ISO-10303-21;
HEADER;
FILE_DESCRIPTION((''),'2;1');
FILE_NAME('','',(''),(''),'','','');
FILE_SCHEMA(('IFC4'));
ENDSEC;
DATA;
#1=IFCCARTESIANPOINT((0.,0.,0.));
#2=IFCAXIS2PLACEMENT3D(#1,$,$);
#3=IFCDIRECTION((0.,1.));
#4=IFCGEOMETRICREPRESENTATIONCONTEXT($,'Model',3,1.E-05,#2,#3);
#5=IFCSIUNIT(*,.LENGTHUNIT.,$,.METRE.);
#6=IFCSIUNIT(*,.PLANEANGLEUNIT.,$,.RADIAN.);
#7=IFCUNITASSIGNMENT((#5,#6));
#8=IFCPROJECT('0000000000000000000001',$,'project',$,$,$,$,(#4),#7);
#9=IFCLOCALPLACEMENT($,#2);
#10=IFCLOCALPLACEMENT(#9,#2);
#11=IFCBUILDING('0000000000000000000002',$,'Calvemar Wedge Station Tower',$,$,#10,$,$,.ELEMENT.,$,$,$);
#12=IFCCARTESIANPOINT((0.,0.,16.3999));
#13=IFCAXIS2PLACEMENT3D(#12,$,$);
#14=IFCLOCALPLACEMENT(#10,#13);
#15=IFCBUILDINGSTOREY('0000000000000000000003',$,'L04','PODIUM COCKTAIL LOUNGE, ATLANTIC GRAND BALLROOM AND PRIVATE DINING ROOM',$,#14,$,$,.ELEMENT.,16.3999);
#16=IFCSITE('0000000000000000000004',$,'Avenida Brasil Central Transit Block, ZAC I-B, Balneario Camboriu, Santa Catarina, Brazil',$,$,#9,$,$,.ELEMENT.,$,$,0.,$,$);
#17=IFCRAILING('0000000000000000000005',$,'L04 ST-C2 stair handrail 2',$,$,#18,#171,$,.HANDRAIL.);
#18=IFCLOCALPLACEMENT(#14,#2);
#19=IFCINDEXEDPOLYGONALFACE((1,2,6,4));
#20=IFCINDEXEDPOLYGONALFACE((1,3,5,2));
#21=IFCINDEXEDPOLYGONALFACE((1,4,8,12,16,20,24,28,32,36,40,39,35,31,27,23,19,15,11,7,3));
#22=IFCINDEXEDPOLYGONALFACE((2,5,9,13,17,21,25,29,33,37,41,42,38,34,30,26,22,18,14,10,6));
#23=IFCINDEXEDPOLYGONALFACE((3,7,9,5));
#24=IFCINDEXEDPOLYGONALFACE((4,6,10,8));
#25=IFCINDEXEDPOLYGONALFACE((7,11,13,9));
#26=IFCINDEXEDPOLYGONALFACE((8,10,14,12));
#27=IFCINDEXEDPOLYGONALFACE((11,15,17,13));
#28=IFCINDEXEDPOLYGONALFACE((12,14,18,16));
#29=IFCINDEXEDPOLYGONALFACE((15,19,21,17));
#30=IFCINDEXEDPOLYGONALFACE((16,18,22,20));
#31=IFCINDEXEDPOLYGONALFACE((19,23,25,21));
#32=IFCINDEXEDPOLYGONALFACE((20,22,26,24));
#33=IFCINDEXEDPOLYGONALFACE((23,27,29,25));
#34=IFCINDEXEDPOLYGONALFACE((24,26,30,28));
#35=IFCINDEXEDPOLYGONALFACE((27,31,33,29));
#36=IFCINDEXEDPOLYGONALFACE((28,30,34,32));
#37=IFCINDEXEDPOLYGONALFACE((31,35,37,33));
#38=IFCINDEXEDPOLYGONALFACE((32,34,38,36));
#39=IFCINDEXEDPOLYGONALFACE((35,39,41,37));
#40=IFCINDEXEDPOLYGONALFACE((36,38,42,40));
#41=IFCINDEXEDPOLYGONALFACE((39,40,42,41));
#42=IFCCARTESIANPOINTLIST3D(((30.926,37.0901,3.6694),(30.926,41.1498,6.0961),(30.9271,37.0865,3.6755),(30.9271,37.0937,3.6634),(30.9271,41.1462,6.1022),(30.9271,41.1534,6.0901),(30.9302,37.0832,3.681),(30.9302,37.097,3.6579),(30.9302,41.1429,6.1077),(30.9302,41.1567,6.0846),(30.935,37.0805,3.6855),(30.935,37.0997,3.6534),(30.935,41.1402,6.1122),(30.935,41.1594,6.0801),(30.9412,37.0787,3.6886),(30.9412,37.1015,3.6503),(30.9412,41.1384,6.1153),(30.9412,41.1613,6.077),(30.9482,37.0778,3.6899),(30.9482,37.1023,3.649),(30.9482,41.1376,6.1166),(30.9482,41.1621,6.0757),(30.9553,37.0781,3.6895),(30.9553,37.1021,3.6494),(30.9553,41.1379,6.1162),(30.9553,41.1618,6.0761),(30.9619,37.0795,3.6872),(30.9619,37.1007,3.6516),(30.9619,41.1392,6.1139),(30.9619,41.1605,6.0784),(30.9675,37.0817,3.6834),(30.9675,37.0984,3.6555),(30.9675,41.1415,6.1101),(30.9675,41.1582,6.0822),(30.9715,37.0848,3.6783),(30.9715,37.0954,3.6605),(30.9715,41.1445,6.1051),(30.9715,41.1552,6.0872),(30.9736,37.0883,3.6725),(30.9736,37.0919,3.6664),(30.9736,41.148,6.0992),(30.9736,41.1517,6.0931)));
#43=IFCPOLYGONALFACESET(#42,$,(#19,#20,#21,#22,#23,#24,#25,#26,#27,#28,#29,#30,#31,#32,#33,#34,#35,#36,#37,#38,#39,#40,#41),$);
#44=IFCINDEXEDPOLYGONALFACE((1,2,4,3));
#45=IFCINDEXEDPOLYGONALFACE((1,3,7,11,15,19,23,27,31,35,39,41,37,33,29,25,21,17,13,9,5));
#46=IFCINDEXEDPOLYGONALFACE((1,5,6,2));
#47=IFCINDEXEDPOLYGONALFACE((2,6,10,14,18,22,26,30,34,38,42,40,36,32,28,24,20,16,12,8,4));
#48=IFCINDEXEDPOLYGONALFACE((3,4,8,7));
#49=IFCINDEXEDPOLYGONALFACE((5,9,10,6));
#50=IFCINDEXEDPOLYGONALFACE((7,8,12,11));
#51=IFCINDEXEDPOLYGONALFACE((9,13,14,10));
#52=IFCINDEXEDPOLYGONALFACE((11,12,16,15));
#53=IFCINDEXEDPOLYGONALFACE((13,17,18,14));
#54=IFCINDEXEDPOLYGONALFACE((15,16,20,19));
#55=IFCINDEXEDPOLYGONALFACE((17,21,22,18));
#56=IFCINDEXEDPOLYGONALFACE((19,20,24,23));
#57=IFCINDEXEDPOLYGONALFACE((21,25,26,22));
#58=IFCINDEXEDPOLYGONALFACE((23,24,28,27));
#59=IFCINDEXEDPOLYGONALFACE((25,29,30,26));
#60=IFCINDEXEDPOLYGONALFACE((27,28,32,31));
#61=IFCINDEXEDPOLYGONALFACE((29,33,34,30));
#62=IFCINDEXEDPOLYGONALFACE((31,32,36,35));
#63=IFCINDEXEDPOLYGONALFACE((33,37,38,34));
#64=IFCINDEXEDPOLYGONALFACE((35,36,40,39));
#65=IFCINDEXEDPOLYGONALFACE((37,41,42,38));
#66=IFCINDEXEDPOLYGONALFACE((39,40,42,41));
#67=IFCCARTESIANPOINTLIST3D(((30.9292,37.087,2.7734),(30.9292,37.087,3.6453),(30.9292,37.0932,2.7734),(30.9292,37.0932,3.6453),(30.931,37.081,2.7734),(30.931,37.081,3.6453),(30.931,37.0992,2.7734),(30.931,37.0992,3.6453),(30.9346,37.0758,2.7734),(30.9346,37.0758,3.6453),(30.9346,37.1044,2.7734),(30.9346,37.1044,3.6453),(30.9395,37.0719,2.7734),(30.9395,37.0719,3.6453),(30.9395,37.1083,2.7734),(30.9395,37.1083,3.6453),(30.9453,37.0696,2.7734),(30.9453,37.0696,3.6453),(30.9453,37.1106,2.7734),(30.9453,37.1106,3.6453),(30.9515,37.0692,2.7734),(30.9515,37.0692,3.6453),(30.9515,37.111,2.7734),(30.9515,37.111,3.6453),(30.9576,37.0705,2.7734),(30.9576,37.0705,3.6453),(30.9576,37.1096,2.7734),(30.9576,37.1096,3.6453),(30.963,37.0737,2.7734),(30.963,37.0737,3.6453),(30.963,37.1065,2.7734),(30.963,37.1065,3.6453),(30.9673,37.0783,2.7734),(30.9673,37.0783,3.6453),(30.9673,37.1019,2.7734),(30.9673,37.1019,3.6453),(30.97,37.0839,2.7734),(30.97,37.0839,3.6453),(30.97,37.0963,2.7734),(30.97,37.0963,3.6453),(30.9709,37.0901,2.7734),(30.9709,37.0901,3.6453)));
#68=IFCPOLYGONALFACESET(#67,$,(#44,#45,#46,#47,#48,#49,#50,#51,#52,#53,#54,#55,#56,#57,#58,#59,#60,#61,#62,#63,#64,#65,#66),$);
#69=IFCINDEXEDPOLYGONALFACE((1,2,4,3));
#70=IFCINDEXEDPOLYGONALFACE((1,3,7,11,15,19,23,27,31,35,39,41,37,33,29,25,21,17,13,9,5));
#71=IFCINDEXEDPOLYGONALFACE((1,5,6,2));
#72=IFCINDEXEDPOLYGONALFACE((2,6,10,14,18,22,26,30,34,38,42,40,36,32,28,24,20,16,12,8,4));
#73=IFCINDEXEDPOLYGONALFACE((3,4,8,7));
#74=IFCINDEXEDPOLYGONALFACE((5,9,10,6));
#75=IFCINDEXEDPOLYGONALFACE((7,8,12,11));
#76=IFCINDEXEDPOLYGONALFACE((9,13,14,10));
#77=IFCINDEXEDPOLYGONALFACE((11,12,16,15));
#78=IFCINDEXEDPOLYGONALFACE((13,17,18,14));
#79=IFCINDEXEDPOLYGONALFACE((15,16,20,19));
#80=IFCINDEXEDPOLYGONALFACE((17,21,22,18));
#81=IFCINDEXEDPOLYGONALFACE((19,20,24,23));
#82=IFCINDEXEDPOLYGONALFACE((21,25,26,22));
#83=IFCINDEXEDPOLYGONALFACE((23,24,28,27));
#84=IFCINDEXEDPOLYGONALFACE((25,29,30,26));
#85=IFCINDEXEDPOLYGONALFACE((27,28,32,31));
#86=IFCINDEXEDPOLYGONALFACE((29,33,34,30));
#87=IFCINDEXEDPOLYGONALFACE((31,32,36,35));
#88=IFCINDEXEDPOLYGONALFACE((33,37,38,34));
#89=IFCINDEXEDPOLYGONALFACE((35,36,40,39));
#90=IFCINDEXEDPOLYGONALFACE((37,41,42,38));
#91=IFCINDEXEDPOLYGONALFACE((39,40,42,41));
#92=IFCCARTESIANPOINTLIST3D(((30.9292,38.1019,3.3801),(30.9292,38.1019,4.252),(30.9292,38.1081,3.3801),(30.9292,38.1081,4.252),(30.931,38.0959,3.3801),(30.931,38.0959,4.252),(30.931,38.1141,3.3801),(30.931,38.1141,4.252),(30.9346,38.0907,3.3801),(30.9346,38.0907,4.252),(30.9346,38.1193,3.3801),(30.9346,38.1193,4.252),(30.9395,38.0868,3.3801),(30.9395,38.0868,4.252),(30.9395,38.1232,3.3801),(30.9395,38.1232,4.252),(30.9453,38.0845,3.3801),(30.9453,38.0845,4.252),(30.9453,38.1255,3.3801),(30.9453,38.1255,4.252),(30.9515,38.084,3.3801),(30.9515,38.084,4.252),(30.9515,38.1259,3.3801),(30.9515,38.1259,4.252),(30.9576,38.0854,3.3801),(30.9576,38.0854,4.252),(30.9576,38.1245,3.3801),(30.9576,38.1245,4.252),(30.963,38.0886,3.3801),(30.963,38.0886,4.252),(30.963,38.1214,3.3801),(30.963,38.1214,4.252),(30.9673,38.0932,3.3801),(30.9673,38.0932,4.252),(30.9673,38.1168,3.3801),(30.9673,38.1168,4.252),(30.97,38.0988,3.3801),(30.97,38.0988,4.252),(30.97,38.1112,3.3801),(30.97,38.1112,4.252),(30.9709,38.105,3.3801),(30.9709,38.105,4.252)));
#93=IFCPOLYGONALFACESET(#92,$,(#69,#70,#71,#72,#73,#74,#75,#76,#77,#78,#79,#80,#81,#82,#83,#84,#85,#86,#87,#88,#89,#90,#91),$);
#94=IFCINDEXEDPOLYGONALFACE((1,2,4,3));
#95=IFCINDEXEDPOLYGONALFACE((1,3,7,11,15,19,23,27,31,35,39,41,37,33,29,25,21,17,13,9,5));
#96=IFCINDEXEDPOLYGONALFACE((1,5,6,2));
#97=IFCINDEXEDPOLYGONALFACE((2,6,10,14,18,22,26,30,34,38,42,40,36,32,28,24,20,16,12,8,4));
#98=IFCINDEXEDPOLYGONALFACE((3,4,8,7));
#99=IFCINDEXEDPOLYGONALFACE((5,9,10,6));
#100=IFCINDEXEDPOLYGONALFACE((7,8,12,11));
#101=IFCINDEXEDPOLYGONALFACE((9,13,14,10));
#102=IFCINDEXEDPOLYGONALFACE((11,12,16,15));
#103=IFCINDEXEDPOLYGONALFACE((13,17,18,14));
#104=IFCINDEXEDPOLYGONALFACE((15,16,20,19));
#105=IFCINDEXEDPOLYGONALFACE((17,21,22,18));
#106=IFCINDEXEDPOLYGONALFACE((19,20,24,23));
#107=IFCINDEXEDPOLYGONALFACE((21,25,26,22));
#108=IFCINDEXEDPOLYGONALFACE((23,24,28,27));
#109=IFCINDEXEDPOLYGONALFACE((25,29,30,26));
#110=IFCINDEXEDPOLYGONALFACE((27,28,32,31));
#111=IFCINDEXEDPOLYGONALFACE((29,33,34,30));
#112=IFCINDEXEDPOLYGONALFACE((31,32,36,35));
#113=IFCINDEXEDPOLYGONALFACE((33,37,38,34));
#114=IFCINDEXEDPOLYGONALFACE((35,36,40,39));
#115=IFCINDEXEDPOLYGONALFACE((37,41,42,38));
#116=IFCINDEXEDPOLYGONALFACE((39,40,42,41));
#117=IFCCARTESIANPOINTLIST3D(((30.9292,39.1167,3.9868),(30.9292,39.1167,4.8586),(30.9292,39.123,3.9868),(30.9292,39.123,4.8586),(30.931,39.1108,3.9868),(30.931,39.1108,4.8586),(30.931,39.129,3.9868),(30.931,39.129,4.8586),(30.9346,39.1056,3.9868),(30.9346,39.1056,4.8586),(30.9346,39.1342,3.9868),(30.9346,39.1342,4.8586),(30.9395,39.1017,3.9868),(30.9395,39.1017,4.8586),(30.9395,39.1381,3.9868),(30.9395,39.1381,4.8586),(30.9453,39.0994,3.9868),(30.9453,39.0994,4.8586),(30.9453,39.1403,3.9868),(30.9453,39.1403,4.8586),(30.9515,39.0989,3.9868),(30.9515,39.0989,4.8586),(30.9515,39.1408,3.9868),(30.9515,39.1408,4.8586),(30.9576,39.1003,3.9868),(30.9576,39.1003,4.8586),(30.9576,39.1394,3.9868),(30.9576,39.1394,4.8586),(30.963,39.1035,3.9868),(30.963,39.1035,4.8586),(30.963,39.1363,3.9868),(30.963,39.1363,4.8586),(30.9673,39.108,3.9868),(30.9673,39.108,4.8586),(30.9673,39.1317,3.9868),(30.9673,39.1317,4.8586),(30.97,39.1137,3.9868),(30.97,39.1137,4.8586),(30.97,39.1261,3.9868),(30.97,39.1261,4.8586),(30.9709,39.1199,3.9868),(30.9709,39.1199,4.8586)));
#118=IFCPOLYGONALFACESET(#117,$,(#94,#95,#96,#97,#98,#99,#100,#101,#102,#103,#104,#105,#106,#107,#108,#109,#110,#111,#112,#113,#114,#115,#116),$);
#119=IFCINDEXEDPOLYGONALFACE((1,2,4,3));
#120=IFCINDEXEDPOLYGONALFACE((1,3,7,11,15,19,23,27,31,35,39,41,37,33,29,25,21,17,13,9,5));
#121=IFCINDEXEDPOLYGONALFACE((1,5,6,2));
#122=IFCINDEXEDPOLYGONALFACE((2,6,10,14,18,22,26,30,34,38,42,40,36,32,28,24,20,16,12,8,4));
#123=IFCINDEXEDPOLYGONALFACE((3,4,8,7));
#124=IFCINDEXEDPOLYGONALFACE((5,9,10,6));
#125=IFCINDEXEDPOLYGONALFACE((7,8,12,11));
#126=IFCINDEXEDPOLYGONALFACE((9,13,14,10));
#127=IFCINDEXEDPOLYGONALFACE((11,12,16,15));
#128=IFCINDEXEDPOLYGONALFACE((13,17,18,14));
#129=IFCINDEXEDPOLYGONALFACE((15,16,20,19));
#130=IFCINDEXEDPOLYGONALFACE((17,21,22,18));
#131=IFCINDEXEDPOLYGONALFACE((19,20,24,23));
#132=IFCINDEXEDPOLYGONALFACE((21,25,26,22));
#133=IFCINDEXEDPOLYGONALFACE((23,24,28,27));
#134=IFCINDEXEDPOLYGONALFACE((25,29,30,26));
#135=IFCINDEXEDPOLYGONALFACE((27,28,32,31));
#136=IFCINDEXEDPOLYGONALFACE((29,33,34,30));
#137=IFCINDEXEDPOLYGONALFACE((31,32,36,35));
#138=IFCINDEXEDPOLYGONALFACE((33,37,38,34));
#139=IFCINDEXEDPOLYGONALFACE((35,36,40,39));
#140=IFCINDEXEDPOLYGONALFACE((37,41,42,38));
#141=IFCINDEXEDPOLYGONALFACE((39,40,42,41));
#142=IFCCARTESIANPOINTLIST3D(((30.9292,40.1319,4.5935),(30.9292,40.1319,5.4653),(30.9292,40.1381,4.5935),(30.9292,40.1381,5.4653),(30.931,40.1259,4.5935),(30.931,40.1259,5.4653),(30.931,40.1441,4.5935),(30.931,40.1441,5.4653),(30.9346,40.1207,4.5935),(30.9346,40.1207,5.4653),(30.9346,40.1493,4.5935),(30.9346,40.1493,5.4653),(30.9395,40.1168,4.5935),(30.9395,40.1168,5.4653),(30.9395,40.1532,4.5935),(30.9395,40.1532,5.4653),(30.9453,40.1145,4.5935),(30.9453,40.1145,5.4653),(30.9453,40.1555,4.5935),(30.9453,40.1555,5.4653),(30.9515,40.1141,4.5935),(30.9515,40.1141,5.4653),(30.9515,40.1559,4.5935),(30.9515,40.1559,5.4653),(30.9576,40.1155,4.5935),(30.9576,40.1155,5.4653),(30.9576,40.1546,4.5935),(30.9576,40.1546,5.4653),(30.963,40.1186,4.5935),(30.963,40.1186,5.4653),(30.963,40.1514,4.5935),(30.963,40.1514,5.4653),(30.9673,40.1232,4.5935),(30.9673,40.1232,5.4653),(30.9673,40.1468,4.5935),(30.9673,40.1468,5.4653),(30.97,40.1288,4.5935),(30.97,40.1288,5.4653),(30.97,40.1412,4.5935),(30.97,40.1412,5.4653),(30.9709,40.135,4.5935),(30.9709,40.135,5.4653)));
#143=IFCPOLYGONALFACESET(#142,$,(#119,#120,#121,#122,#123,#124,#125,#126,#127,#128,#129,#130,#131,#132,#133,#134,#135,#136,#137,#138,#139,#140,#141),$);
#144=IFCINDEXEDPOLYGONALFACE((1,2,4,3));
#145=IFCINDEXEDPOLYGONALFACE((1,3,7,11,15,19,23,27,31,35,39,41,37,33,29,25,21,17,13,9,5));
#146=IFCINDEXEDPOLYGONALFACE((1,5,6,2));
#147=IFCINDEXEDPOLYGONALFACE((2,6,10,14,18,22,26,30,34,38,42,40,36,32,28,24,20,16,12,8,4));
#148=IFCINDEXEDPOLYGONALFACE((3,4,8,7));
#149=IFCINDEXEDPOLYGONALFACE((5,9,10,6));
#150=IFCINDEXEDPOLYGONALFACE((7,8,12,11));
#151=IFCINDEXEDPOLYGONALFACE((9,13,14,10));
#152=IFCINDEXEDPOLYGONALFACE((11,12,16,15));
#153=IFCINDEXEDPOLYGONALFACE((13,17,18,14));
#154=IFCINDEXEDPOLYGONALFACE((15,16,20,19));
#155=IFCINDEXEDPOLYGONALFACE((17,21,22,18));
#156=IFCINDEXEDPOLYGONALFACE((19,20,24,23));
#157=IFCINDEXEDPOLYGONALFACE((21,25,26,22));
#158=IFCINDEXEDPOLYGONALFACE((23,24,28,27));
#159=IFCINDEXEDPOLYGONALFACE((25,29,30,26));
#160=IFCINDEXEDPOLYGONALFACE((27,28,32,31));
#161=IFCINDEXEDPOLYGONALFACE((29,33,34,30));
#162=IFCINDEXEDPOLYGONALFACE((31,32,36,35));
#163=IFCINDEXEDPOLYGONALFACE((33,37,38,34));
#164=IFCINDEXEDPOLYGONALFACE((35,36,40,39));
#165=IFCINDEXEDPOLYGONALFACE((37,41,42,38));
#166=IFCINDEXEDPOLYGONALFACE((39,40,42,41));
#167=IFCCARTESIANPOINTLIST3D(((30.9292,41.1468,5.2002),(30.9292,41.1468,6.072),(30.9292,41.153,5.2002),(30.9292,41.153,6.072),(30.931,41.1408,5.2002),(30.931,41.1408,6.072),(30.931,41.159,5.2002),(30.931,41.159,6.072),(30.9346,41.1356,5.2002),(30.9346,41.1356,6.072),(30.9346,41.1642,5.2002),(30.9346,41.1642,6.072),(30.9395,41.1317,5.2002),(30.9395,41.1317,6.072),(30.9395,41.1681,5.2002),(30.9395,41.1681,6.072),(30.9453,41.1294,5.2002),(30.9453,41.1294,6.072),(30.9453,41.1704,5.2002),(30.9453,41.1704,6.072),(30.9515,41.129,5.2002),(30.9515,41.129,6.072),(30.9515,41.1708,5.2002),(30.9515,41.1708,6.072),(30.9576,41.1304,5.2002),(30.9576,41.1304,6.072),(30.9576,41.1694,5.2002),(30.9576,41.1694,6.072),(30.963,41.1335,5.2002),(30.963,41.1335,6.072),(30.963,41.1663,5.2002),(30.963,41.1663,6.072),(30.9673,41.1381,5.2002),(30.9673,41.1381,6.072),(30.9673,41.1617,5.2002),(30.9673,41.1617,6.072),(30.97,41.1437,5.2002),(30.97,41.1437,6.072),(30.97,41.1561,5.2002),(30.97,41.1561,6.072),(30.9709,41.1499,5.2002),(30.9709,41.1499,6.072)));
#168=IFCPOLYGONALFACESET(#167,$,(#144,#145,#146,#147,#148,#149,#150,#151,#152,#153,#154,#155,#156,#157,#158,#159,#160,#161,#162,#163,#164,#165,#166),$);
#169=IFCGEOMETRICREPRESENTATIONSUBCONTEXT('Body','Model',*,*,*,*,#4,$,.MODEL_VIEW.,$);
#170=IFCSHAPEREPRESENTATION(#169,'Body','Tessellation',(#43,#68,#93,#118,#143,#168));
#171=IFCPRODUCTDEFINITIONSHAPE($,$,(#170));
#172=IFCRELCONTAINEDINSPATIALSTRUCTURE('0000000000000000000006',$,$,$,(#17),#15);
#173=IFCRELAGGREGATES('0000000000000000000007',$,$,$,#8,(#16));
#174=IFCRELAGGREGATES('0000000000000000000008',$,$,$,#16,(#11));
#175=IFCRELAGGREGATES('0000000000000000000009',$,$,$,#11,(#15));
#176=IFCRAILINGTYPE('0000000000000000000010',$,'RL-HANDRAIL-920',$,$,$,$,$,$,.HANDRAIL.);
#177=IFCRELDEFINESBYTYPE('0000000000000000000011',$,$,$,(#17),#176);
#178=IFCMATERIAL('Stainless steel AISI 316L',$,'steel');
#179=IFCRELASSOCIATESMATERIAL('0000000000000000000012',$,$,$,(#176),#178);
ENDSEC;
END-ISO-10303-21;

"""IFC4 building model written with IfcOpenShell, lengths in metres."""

from ifc_helpers import new_model, si_unit, direction, frame, origin, origin_2d, place, context, subcontext, project, spatial, circle, extrude, material, type_object, element, save


model = new_model("IFC4")

# Units and contexts
model_context = context("Model", 3, precision=1e-05, world=origin(), true_north=direction((0.0, 1.0)))
body_context = subcontext(model_context, "Body", "Model", "MODEL_VIEW")
ifc_project = project(units=[si_unit("LENGTHUNIT", "METRE"), si_unit("PLANEANGLEUNIT", "RADIAN")], contexts=[model_context])

# Site, building, storey
site_placement = place(None, origin())
site = spatial("IfcSite", under=ifc_project, at=site_placement, Name="Avenida Brasil Central Transit Block, ZAC I-B, Balneario Camboriu, Santa Catarina, Brazil", CompositionType="ELEMENT", RefElevation=0.0)
building_placement = place(site_placement, origin())
building = spatial("IfcBuilding", under=site, at=building_placement, Name="Calvemar Wedge Station Tower", CompositionType="ELEMENT")
storey_placement = place(building_placement, frame((0.0, 0.0, 16.3999)))
storey = spatial("IfcBuildingStorey", under=building, at=storey_placement, Name="L04", Description="PODIUM COCKTAIL LOUNGE, ATLANTIC GRAND BALLROOM AND PRIVATE DINING ROOM", CompositionType="ELEMENT", Elevation=16.3999)

# Railing
ifc_material_1 = material(Name="Stainless steel AISI 316L", Category="steel")
railing_type = type_object("IfcRailingType", Name="RL-HANDRAIL-920", PredefinedType="HANDRAIL", material=ifc_material_1)
railing_placement = place(storey_placement, frame((30.95, 37.0901, 2.7734)))
element("IfcRailing", 1, at=railing_placement, inside=storey, type_object=railing_type, Name="L04 ST-C2 stair handrail 2", PredefinedType="HANDRAIL", context=body_context, shape_type="SweptSolid", body=[
    extrude(circle(Radius=0.0239, at=origin_2d()), frame((0.0, 0.0, 0.896), z_axis=(0.0, 0.858343, 0.513076), x_axis=(-1.0, 0.0, 0.0)), (0.0, 0.0, 1.0), 4.7297),
    extrude(circle(Radius=0.021, at=origin_2d()), origin(), (0.0, 0.0, 1.0), 0.8718),
    extrude(circle(Radius=0.021, at=origin_2d()), frame((0.0, 1.0149, 0.6067)), (0.0, 0.0, 1.0), 0.8718),
    extrude(circle(Radius=0.021, at=origin_2d()), frame((0.0, 2.0298, 1.2134)), (0.0, 0.0, 1.0), 0.8718),
    extrude(circle(Radius=0.021, at=origin_2d()), frame((0.0, 3.0449, 1.8201)), (0.0, 0.0, 1.0), 0.8718),
    extrude(circle(Radius=0.021, at=origin_2d()), frame((0.0, 4.0598, 2.4268)), (0.0, 0.0, 1.0), 0.8718),
])

save(model, "model.ifc")
